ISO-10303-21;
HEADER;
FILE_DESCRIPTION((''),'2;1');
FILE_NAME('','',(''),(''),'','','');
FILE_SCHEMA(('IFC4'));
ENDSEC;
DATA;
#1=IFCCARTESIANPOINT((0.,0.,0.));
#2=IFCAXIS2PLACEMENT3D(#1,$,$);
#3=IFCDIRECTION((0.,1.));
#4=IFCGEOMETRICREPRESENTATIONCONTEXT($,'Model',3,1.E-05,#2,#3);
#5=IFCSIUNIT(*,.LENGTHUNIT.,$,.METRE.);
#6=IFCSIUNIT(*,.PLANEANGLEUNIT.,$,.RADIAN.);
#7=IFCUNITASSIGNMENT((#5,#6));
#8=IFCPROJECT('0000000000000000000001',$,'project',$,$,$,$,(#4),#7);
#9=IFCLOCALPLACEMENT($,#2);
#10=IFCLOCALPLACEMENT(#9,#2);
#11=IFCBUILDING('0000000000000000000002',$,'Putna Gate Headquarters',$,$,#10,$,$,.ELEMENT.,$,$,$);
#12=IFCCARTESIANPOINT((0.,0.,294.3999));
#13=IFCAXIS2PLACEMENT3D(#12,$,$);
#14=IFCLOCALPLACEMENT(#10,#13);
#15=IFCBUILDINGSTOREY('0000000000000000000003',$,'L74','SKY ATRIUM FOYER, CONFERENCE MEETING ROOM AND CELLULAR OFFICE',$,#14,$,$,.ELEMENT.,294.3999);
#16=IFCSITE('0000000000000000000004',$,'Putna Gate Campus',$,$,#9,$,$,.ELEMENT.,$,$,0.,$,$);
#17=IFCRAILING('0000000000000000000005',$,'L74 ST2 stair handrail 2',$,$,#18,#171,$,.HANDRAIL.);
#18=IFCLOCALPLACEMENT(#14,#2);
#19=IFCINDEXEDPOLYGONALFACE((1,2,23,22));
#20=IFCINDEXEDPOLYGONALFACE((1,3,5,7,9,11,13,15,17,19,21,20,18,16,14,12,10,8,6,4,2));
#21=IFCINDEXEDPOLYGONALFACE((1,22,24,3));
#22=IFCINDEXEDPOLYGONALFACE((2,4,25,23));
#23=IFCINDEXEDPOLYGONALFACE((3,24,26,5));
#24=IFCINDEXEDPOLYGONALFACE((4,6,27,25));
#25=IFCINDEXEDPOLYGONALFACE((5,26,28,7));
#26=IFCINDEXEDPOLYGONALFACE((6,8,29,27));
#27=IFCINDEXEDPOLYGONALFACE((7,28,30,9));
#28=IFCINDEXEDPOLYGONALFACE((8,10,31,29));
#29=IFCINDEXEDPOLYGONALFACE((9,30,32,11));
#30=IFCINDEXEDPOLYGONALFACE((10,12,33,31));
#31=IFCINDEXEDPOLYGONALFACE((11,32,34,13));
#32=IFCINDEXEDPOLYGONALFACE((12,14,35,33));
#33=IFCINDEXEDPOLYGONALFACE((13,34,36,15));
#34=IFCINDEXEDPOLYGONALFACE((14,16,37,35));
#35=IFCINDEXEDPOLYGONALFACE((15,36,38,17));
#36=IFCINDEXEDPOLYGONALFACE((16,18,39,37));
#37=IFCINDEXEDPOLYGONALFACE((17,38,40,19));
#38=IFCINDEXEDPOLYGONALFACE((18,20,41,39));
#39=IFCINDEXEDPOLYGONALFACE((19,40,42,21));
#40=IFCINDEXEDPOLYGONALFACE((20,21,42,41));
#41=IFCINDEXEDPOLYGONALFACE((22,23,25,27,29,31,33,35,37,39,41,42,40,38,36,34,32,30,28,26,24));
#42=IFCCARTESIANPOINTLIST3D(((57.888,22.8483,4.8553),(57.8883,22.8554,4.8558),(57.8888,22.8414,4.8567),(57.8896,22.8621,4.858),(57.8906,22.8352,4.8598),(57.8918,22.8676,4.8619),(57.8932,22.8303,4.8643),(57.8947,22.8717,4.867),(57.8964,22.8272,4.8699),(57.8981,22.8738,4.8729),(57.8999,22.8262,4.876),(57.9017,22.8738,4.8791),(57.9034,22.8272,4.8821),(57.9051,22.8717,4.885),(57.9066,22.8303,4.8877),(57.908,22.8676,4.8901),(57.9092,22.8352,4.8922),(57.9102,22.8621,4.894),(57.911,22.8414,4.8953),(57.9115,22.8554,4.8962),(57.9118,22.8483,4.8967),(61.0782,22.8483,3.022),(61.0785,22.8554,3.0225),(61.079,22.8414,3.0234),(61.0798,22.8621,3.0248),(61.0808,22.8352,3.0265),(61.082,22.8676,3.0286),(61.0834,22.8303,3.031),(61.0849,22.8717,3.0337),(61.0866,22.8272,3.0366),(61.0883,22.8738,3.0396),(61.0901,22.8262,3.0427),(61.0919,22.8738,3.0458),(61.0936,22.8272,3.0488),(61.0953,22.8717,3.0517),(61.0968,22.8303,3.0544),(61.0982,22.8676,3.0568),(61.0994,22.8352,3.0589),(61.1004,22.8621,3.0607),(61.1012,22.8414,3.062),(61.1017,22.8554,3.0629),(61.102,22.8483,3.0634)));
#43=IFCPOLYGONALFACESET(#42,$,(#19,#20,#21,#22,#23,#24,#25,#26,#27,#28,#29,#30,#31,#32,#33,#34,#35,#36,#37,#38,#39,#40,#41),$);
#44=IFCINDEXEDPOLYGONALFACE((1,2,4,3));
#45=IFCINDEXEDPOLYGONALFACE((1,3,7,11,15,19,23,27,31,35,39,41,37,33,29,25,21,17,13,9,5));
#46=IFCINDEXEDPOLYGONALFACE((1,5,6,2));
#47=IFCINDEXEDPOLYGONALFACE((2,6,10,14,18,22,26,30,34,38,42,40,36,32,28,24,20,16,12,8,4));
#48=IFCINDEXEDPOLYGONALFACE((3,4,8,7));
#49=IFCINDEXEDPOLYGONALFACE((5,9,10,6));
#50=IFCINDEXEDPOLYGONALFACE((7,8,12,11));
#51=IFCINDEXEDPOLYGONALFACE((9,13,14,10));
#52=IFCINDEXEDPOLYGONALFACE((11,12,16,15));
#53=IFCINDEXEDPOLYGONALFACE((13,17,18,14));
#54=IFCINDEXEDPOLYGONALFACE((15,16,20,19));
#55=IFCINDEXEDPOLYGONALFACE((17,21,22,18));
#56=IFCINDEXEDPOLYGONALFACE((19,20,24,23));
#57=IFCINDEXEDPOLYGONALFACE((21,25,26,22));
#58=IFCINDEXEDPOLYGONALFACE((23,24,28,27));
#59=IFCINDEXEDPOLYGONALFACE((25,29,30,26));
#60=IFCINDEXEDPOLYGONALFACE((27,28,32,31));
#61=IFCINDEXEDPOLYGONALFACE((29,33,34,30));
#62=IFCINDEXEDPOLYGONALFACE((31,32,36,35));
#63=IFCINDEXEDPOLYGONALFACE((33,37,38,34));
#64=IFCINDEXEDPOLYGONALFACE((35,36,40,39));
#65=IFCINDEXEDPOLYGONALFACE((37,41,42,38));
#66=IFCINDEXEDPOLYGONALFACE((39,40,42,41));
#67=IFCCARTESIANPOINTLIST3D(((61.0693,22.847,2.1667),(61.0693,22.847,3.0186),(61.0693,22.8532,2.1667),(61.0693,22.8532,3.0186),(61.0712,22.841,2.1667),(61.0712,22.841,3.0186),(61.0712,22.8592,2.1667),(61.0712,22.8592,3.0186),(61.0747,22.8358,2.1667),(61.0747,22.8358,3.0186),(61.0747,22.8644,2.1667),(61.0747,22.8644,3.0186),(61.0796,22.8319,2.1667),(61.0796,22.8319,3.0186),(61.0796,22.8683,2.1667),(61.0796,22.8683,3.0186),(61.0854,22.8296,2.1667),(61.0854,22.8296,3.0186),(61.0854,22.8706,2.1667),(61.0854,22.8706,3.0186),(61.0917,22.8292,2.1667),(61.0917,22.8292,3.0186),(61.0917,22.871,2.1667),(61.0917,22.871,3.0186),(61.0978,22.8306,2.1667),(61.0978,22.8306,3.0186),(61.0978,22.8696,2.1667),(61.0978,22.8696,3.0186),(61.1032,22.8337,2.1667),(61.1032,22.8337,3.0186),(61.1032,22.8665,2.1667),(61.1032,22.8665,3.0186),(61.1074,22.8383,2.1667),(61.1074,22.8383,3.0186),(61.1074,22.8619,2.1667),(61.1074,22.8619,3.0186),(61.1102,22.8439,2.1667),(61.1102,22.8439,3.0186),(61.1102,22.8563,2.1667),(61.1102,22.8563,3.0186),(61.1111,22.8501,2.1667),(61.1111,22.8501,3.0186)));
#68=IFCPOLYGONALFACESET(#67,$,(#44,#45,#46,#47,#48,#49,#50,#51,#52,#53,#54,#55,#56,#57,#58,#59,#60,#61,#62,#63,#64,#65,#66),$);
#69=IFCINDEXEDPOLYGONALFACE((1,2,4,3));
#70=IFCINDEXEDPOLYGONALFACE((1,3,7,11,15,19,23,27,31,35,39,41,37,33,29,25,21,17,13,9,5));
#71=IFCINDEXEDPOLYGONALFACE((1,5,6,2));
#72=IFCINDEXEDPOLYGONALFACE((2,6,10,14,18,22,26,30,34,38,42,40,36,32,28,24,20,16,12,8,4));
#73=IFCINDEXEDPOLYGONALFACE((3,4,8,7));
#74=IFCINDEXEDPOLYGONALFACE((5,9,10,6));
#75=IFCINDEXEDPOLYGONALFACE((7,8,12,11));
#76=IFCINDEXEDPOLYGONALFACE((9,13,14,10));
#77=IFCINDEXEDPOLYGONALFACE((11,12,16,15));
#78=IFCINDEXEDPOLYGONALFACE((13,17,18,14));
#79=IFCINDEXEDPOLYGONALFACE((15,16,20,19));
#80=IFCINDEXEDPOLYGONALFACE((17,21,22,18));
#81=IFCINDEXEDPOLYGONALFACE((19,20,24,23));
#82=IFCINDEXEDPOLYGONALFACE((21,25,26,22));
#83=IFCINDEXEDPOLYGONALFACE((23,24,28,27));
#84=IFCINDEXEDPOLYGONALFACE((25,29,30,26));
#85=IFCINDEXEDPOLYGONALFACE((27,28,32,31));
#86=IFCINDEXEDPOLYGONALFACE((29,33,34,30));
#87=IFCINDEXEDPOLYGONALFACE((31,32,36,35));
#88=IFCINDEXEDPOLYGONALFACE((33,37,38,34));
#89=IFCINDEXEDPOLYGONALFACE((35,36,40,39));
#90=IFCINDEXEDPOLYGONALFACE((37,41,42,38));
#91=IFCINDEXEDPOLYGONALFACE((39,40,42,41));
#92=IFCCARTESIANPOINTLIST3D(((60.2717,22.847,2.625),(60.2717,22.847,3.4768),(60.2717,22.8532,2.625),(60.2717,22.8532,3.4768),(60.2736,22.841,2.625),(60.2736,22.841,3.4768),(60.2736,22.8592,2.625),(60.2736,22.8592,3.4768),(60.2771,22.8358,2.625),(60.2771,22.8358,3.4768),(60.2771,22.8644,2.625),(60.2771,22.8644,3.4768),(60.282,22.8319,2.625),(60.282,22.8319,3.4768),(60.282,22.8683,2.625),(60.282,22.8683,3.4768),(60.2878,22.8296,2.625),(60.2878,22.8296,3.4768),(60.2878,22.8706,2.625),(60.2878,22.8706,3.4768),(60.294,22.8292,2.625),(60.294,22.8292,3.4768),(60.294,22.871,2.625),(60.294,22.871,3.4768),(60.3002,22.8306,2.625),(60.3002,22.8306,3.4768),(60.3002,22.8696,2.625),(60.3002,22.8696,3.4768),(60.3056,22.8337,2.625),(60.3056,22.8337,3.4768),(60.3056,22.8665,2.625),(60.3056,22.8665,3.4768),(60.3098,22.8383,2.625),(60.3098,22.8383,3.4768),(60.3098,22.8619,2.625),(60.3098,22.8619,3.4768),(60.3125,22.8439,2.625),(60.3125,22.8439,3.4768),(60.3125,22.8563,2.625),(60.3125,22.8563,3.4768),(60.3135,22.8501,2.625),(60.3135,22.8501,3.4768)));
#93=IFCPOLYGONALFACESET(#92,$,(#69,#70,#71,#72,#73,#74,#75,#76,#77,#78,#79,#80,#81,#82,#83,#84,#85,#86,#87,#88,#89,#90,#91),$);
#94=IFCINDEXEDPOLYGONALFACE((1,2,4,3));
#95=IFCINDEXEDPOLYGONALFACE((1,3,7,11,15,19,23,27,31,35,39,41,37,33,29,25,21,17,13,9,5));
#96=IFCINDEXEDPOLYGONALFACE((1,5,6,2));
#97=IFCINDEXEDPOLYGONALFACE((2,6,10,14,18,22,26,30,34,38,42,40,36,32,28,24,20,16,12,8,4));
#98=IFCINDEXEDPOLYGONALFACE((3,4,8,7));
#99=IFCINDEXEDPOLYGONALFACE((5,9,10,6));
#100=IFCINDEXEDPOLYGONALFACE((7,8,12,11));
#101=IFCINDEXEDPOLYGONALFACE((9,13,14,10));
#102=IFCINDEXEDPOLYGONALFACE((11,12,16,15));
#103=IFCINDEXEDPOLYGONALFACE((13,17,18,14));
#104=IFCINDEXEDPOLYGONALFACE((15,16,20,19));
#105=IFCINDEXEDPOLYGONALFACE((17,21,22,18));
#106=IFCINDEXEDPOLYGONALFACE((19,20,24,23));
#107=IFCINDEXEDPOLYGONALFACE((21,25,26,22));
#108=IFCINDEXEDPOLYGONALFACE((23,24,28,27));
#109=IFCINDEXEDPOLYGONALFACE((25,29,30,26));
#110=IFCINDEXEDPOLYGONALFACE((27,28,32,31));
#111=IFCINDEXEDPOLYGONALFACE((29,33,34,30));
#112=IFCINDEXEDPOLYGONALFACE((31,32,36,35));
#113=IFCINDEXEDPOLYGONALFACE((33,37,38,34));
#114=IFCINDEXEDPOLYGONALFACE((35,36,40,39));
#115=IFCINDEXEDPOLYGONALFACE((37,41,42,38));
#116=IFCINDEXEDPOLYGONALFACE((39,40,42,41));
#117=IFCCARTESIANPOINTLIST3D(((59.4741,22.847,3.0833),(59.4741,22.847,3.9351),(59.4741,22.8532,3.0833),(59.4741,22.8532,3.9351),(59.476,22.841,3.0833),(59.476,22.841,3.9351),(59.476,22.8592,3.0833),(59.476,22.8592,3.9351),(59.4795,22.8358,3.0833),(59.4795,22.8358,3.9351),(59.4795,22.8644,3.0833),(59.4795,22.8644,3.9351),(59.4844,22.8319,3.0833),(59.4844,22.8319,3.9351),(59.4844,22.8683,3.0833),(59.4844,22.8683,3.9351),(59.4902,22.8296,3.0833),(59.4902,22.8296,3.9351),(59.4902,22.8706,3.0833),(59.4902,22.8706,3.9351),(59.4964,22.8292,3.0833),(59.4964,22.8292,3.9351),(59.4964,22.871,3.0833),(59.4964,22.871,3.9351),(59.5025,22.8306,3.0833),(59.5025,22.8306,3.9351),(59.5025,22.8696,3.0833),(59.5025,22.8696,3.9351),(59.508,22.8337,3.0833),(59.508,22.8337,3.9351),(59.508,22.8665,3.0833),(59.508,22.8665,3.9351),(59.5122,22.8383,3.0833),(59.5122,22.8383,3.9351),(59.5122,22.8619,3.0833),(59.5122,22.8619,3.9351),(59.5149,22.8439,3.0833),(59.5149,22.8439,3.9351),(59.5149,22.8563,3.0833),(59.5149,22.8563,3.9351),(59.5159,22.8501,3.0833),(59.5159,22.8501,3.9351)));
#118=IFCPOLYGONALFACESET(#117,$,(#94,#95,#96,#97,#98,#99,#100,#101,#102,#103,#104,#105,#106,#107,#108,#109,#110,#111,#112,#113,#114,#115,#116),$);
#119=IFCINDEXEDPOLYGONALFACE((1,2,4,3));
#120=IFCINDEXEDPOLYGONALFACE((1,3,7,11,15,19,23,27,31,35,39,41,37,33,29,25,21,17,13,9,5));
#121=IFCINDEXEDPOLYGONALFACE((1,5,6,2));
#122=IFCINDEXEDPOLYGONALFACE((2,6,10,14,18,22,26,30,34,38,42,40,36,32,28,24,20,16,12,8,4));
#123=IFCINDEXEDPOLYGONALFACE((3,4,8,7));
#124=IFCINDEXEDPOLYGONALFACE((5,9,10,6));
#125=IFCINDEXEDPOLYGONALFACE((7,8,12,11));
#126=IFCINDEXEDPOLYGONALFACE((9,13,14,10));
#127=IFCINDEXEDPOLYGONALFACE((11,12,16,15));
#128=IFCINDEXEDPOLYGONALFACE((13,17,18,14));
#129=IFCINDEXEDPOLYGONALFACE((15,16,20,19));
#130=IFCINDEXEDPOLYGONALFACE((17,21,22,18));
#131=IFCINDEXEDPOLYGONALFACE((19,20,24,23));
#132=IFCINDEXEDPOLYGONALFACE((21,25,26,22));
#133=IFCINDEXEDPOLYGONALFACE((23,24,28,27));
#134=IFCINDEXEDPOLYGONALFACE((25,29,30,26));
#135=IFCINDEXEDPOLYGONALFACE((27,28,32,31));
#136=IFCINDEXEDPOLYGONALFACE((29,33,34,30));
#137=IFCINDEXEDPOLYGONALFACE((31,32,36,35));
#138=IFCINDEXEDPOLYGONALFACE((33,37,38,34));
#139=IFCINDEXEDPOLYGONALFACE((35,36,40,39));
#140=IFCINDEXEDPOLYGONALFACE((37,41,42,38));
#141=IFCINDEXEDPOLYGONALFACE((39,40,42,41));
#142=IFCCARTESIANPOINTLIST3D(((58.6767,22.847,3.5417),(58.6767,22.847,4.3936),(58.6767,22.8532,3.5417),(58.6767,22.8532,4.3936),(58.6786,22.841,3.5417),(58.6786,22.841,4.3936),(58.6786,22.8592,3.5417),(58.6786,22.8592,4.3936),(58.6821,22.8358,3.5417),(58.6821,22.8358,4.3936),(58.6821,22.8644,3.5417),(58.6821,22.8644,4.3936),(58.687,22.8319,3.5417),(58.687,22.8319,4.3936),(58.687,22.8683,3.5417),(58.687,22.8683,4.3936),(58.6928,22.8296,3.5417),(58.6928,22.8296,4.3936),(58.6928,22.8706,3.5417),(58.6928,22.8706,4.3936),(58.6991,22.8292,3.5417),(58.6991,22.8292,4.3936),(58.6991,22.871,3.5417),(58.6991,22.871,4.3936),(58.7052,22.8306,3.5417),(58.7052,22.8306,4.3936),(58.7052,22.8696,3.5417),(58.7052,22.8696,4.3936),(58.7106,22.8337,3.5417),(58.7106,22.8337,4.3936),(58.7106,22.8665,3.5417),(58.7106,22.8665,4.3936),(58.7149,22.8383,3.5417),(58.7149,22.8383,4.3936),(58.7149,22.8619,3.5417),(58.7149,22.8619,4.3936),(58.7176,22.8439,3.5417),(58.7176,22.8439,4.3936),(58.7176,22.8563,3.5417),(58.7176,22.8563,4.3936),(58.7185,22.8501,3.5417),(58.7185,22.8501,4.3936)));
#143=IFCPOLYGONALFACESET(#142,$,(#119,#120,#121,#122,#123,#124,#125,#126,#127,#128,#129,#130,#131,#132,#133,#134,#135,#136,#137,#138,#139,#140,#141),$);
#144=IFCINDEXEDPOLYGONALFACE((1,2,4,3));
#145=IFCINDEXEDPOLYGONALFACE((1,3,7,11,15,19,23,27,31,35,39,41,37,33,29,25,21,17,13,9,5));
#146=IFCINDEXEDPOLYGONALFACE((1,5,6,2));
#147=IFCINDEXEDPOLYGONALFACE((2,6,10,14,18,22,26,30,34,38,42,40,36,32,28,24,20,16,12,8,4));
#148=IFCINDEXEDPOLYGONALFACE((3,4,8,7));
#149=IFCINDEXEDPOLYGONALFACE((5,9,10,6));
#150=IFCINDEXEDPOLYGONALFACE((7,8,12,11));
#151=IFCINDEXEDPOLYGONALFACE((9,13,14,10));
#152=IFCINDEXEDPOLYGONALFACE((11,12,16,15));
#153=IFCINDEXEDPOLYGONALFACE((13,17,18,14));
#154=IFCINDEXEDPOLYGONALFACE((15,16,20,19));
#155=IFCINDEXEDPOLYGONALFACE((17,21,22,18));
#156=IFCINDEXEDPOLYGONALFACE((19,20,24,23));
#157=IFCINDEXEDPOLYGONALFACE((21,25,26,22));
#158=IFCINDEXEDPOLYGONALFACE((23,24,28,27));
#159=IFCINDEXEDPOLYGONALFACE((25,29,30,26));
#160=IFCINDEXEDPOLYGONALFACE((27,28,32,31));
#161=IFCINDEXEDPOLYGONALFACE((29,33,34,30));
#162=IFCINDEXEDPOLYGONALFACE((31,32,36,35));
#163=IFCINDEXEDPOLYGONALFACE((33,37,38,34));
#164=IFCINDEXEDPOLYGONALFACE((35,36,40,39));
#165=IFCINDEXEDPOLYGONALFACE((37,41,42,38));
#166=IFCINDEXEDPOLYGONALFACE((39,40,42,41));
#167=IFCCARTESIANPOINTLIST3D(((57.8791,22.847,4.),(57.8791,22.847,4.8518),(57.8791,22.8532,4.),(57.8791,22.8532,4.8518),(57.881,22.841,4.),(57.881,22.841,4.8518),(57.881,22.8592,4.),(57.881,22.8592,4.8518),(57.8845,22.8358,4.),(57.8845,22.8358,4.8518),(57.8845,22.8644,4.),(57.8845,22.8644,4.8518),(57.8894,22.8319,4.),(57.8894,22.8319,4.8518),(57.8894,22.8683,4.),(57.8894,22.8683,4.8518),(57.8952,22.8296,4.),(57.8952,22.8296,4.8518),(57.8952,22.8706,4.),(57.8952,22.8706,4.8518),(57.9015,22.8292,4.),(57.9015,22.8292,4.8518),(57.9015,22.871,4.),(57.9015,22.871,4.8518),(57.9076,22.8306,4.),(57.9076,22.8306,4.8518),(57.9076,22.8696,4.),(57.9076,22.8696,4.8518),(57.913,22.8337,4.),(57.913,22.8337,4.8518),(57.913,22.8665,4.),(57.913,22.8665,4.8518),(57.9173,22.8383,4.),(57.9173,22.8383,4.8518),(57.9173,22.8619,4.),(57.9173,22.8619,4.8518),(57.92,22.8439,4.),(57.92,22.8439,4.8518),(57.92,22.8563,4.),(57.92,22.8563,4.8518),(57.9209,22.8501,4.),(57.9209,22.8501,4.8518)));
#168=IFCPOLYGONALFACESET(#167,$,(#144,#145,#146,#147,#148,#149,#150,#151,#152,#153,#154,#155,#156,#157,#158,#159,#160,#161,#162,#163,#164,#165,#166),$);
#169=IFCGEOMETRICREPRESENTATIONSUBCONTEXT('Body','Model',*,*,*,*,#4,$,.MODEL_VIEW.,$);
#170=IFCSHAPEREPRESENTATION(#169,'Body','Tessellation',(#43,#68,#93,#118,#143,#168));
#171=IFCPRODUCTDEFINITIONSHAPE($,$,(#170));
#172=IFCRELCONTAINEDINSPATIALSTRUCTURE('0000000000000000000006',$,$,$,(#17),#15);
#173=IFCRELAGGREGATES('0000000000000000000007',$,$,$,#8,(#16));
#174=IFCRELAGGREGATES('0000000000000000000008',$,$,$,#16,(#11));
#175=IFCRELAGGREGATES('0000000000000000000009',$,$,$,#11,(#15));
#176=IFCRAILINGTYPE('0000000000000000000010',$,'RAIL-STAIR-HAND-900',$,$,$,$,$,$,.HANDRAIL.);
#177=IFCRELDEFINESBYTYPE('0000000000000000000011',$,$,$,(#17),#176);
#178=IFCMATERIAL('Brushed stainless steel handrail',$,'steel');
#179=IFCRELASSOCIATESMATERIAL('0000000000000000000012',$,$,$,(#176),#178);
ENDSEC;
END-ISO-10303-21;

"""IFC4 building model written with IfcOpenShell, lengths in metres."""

from ifc_helpers import new_model, si_unit, direction, frame, origin, origin_2d, place, context, subcontext, project, spatial, circle, extrude, material, type_object, element, save


model = new_model("IFC4")

# Units and contexts
model_context = context("Model", 3, precision=1e-05, world=origin(), true_north=direction((0.0, 1.0)))
body_context = subcontext(model_context, "Body", "Model", "MODEL_VIEW")
ifc_project = project(units=[si_unit("LENGTHUNIT", "METRE"), si_unit("PLANEANGLEUNIT", "RADIAN")], contexts=[model_context])

# Site, building, storey
site_placement = place(None, origin())
site = spatial("IfcSite", under=ifc_project, at=site_placement, Name="Putna Gate Campus", CompositionType="ELEMENT", RefElevation=0.0)
building_placement = place(site_placement, origin())
building = spatial("IfcBuilding", under=site, at=building_placement, Name="Putna Gate Headquarters", CompositionType="ELEMENT")
storey_placement = place(building_placement, frame((0.0, 0.0, 294.3999)))
storey = spatial("IfcBuildingStorey", under=building, at=storey_placement, Name="L74", Description="SKY ATRIUM FOYER, CONFERENCE MEETING ROOM AND CELLULAR OFFICE", CompositionType="ELEMENT", Elevation=294.3999)

# Railing
ifc_material_1 = material(Name="Brushed stainless steel handrail", Category="steel")
railing_type_1 = type_object("IfcRailingType", Name="RAIL-STAIR-HAND-900", PredefinedType="HANDRAIL", material=ifc_material_1)
railing_1_placement = place(storey_placement, frame((61.0901, 22.8501, 2.1667)))
element("IfcRailing", 1, at=railing_1_placement, inside=storey, type_object=railing_type_1, Name="L74 ST2 stair handrail 2", PredefinedType="HANDRAIL", context=body_context, shape_type="SweptSolid", body=[
    extrude(circle(Radius=0.0239, at=origin_2d()), frame((0.0, 0.0, 0.876), z_axis=(-0.867036, 0.0, 0.498245), x_axis=(0.0, -1.0, 0.0)), (0.0, 0.0, 1.0), 3.6794),
    extrude(circle(Radius=0.021, at=origin_2d()), origin(), (0.0, 0.0, 1.0), 0.8518),
    extrude(circle(Radius=0.021, at=origin_2d()), frame((-0.7976, 0.0, 0.4583)), (0.0, 0.0, 1.0), 0.8518),
    extrude(circle(Radius=0.021, at=origin_2d()), frame((-1.5952, 0.0, 0.9165)), (0.0, 0.0, 1.0), 0.8518),
    extrude(circle(Radius=0.021, at=origin_2d()), frame((-2.3926, 0.0, 1.375)), (0.0, 0.0, 1.0), 0.8518),
    extrude(circle(Radius=0.021, at=origin_2d()), frame((-3.1902, 0.0, 1.8333)), (0.0, 0.0, 1.0), 0.8518),
])

save(model, "model.ifc")
